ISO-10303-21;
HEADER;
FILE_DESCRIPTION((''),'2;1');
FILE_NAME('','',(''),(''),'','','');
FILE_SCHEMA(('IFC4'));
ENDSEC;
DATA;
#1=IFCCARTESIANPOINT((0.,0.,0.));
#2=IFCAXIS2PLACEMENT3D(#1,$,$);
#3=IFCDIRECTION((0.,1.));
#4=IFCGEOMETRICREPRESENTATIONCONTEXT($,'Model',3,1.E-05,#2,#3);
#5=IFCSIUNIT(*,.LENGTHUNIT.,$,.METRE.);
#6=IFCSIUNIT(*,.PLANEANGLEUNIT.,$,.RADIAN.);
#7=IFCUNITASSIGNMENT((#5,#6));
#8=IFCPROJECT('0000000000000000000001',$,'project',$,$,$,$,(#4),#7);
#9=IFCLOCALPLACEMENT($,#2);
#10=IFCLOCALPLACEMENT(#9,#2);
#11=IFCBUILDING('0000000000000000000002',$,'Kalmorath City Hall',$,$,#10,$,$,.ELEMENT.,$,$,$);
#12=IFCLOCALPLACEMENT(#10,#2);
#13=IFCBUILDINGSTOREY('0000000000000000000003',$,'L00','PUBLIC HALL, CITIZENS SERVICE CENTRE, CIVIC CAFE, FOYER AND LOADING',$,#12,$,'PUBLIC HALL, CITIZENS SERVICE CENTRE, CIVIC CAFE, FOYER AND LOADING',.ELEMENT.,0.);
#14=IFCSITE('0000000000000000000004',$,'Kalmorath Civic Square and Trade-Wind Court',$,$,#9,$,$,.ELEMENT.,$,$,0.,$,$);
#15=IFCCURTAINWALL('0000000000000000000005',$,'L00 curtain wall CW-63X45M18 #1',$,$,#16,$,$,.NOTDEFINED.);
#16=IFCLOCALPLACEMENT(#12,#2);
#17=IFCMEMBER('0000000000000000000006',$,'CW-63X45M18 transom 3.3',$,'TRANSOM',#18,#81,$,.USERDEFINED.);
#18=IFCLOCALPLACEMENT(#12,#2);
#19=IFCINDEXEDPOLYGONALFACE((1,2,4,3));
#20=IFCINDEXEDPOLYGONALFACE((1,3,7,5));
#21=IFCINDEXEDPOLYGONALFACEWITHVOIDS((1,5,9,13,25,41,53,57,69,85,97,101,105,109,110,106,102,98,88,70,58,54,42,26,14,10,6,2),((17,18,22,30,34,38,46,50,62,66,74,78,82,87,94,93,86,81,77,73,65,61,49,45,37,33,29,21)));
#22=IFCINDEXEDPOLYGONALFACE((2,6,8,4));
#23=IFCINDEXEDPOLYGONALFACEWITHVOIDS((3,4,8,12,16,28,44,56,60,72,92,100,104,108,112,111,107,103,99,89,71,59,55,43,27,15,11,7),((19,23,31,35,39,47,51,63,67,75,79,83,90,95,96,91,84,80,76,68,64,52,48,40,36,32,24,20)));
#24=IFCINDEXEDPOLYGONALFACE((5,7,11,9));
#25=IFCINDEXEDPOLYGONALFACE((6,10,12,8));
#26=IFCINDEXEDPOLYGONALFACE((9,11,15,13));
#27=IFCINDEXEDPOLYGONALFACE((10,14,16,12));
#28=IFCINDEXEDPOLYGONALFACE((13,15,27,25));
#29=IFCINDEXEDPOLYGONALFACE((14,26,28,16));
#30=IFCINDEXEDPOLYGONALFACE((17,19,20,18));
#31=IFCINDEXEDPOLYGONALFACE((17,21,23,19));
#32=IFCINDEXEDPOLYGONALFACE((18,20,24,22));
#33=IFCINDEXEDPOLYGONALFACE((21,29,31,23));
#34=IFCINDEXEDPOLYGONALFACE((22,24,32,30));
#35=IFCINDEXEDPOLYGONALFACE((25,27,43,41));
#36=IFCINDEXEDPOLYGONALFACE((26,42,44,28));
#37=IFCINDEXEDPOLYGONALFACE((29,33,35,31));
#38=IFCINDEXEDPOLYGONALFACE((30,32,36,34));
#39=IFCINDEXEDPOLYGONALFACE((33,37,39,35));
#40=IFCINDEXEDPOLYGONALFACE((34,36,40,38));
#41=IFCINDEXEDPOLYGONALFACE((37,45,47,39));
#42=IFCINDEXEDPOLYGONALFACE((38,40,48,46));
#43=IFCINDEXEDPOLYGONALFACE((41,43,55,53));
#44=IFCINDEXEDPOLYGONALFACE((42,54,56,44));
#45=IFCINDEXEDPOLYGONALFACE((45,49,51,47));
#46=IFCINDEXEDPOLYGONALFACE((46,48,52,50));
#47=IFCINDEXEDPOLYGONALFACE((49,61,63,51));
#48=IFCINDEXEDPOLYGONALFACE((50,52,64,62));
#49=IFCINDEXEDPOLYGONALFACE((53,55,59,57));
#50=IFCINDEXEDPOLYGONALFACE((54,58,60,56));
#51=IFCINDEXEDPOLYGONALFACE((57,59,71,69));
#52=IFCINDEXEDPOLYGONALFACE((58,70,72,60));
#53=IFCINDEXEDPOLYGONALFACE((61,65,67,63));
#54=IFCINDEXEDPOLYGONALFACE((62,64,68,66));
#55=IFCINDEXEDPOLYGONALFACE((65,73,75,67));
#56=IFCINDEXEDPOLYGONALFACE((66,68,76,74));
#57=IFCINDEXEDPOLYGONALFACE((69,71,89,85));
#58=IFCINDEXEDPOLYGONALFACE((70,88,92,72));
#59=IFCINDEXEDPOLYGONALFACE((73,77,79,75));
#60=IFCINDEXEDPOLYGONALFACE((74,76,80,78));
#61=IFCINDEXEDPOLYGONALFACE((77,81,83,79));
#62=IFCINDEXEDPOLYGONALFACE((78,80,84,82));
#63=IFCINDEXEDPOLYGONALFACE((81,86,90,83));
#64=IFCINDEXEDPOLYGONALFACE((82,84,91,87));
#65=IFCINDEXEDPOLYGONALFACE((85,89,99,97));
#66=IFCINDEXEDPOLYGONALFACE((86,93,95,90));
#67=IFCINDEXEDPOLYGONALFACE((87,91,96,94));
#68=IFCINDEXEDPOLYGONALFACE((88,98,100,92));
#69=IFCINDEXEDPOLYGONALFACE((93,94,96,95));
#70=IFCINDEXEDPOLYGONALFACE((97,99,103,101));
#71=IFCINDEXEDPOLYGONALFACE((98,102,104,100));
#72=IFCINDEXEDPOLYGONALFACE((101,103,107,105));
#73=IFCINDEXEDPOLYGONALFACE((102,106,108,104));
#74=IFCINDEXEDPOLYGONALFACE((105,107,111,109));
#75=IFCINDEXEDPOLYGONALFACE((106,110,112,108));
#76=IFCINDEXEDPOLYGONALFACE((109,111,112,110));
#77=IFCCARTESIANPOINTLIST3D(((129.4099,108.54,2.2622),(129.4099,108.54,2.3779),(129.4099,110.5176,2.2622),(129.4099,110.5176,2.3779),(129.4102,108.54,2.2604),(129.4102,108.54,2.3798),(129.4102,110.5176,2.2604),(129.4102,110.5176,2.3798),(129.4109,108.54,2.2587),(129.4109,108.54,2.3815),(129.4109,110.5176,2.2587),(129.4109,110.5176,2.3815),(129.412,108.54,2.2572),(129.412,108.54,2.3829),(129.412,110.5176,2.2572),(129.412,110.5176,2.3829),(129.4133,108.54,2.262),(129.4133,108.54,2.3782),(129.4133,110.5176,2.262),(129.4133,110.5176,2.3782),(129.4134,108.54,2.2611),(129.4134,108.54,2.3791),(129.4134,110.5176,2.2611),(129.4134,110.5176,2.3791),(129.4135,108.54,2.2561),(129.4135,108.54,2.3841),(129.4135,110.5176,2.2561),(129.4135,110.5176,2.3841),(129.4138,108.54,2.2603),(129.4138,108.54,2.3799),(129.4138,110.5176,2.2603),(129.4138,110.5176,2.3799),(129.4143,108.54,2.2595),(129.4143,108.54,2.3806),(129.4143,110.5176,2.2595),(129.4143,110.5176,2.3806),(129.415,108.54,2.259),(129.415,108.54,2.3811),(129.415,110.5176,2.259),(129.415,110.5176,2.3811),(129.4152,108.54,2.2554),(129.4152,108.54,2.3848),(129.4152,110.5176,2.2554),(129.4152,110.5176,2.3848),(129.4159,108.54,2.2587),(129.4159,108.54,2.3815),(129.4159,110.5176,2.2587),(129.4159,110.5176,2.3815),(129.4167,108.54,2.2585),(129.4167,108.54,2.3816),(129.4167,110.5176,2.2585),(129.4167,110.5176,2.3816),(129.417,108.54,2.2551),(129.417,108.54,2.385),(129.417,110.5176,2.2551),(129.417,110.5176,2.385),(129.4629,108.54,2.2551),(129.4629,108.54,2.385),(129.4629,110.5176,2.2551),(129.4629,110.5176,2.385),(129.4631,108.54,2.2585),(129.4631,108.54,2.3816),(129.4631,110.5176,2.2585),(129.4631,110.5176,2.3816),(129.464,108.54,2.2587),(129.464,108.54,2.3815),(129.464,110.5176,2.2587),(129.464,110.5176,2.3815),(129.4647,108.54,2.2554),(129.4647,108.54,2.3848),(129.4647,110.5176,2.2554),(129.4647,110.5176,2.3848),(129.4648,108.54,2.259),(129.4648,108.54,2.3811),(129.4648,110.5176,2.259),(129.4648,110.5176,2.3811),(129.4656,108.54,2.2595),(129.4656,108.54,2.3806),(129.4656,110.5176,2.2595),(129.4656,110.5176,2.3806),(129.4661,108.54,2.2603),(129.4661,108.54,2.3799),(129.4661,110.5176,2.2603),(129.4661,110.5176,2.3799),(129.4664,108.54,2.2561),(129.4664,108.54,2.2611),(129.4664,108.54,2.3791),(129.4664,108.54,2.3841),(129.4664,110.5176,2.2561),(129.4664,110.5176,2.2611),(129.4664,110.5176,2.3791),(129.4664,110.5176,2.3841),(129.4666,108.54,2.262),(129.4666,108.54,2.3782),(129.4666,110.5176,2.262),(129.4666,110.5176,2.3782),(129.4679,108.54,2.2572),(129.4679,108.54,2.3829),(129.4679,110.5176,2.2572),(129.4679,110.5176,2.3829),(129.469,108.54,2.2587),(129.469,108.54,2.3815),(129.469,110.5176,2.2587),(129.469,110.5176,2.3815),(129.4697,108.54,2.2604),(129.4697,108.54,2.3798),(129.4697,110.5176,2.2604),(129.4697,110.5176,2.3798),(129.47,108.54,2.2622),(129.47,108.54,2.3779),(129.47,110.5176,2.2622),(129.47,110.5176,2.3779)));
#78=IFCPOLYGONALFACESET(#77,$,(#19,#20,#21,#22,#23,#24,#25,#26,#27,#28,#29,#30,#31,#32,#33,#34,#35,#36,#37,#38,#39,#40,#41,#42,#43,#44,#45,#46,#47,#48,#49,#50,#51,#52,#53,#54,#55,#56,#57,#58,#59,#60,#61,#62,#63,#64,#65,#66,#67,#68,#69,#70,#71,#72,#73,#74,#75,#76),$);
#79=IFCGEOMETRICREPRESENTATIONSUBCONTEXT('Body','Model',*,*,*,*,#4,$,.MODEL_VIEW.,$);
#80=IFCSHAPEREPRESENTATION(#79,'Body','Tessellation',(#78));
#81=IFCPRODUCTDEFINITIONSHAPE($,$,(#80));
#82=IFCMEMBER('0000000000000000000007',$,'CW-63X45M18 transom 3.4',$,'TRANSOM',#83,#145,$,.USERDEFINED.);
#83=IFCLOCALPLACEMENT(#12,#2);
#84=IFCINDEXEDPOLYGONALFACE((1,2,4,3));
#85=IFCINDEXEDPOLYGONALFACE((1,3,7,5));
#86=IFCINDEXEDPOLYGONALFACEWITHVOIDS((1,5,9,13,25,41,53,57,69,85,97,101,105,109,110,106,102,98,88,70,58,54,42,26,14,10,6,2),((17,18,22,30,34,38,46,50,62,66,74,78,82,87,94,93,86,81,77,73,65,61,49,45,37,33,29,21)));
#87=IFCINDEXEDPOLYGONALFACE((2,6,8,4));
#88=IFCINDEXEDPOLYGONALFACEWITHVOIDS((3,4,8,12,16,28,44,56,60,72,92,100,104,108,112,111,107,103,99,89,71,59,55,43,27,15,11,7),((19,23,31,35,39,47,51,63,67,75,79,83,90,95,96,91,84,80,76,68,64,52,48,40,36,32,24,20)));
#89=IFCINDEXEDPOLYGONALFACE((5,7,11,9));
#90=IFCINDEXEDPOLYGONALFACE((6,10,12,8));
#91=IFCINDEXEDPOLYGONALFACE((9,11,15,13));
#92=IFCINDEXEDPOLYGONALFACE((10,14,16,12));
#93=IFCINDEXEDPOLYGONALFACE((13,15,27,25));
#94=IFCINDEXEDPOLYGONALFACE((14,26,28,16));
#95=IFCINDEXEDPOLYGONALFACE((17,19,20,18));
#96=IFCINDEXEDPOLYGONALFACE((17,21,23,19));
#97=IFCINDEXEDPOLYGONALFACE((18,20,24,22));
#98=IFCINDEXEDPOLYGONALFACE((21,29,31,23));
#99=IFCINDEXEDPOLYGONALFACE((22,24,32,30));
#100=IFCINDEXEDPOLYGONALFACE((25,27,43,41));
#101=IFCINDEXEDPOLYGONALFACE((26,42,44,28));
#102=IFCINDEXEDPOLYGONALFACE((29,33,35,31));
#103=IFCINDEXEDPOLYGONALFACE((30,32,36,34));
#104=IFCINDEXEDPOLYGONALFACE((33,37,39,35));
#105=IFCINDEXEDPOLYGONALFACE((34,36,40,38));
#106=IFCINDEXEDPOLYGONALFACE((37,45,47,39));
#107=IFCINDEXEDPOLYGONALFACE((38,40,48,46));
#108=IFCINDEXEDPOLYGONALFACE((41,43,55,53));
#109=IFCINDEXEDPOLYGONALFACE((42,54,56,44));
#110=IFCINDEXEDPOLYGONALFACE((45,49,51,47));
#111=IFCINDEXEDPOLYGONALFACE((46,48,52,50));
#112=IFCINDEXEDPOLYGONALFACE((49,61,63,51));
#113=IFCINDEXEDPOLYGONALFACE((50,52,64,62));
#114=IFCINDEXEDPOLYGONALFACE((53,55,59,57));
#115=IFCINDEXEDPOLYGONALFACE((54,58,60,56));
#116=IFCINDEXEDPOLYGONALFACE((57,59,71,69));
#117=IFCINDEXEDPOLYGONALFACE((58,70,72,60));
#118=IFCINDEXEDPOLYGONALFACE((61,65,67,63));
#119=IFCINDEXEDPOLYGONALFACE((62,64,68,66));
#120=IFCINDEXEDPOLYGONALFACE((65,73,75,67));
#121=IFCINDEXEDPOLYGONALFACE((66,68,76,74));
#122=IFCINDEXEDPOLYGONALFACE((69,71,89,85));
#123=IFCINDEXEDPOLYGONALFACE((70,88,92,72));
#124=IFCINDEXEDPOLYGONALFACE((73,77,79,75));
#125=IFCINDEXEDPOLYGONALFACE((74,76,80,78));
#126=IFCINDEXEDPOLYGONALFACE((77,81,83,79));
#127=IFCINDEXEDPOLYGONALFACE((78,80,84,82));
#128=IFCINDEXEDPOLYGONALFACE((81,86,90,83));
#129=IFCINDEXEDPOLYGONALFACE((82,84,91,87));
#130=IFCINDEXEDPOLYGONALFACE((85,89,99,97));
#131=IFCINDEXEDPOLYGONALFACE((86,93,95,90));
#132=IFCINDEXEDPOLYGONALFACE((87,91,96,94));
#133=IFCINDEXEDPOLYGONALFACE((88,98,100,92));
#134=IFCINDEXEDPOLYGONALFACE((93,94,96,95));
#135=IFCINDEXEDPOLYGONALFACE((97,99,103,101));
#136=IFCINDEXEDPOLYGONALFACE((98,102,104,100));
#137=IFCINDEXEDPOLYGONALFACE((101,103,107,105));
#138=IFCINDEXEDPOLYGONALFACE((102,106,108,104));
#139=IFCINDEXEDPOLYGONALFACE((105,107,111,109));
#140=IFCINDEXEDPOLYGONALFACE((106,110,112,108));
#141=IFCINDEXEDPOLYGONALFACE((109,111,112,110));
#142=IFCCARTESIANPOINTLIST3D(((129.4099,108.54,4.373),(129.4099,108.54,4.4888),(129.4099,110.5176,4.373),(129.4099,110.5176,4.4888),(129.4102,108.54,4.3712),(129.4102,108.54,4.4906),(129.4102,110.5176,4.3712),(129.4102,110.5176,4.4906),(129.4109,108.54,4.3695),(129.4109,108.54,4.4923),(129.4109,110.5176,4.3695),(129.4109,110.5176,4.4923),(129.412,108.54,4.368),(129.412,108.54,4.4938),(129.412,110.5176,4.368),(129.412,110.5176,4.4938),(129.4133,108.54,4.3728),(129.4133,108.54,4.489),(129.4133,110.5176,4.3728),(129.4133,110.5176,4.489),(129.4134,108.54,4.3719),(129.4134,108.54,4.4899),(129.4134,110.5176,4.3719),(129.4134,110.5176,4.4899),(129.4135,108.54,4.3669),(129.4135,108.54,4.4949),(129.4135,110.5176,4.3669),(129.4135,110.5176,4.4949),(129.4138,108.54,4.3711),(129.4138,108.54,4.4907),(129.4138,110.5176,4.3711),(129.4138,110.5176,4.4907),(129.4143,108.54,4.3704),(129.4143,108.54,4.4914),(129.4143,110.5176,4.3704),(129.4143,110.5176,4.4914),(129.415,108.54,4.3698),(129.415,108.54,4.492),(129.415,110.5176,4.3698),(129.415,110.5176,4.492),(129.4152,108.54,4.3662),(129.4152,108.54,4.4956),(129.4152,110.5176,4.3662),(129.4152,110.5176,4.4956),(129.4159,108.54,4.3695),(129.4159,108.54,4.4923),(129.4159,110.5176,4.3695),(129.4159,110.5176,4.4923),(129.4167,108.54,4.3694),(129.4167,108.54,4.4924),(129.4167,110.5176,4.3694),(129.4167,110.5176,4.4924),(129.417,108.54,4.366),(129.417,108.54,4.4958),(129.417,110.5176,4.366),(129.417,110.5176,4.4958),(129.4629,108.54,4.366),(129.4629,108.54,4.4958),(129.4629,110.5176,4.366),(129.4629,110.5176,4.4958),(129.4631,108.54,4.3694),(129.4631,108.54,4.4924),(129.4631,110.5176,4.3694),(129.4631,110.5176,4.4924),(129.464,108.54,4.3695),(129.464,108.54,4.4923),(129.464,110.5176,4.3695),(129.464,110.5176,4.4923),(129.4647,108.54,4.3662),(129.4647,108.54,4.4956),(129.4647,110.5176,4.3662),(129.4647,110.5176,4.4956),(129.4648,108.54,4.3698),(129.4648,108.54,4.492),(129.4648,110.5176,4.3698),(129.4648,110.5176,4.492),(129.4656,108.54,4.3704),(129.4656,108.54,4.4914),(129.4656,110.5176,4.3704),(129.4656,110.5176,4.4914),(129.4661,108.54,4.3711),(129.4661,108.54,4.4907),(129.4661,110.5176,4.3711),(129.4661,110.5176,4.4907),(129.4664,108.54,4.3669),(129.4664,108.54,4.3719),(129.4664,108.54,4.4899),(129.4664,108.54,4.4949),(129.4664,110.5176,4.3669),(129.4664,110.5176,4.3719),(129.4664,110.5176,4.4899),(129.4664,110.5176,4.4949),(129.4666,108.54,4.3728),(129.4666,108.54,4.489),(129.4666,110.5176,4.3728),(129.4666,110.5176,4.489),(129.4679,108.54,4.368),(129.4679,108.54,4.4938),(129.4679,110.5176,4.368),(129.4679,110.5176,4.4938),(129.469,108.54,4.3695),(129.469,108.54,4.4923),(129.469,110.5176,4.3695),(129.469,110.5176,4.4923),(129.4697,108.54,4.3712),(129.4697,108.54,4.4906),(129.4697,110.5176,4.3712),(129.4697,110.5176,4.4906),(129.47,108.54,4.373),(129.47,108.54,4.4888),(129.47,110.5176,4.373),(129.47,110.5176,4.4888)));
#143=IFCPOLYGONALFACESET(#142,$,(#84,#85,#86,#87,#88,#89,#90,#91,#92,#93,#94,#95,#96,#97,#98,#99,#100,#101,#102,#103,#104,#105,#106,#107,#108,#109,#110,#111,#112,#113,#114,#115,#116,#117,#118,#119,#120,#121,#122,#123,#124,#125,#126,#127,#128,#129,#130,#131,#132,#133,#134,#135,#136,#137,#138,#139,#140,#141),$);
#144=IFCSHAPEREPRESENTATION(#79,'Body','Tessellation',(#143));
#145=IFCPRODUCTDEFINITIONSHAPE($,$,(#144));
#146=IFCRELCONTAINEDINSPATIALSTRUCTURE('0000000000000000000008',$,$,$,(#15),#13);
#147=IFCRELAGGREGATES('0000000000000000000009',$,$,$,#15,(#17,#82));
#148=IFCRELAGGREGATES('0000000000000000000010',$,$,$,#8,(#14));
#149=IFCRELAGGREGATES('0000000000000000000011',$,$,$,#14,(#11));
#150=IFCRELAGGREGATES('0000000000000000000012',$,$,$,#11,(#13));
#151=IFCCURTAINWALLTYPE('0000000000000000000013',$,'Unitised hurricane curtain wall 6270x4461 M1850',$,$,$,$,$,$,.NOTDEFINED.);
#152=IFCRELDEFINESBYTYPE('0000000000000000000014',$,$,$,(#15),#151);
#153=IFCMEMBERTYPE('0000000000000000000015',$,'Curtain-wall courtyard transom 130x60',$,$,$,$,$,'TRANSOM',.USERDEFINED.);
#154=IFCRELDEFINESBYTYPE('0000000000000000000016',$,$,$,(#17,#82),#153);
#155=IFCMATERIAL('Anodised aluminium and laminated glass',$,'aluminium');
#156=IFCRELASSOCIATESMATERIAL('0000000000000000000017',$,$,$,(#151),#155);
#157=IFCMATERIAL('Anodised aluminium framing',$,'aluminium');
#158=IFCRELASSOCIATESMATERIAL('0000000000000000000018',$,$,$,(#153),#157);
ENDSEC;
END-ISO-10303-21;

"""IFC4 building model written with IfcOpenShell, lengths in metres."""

from ifc_helpers import new_model, si_unit, direction, frame, origin, origin_2d, place, context, subcontext, project, spatial, hollow_rectangle, extrude, material, material_profile, profile_set, type_object, element, aggregate, save


model = new_model("IFC4")

# Units and contexts
model_context = context("Model", 3, precision=1e-05, world=origin(), true_north=direction((0.0, 1.0)))
body_context = subcontext(model_context, "Body", "Model", "MODEL_VIEW")
ifc_project = project(units=[si_unit("LENGTHUNIT", "METRE"), si_unit("PLANEANGLEUNIT", "RADIAN")], contexts=[model_context])

# Site, building, storey
site_placement = place(None, origin())
site = spatial("IfcSite", under=ifc_project, at=site_placement, Name="Kalmorath Civic Square and Trade-Wind Court", CompositionType="ELEMENT", RefElevation=0.0)
building_placement = place(site_placement, origin())
building = spatial("IfcBuilding", under=site, at=building_placement, Name="Kalmorath City Hall", CompositionType="ELEMENT")
storey_placement = place(building_placement, origin())
storey = spatial("IfcBuildingStorey", under=building, at=storey_placement, Name="L00", Description="PUBLIC HALL, CITIZENS SERVICE CENTRE, CIVIC CAFE, FOYER AND LOADING", LongName="PUBLIC HALL, CITIZENS SERVICE CENTRE, CIVIC CAFE, FOYER AND LOADING", CompositionType="ELEMENT", Elevation=0.0)

# Curtain wall, members
ifc_material_1 = material(Name="Anodised aluminium and laminated glass", Category="aluminium")
curtain_wall_type = type_object("IfcCurtainWallType", Name="Unitised hurricane curtain wall 6270x4461 M1850", PredefinedType="NOTDEFINED", material=ifc_material_1)
curtain_wall_placement = place(storey_placement, origin())
curtain_wall = element("IfcCurtainWall", 1, at=curtain_wall_placement, inside=storey, type_object=curtain_wall_type, Name="L00 curtain wall CW-63X45M18 #1", PredefinedType="NOTDEFINED")
ifc_material_2 = material(Name="Anodised aluminium framing", Category="aluminium")
ifc_material_profile_1 = material_profile(ifc_material_2, hollow_rectangle(XDim=0.0601, YDim=0.1299, WallThickness=0.0034, InnerFilletRadius=0.0034, OuterFilletRadius=0.0071, at=origin_2d()), Name="ALU-TRN-130X60X3.5")
ifc_profile_set_1 = profile_set([ifc_material_profile_1], Name="Anodised aluminium framing")
member_type_1 = type_object("IfcMemberType", Name="Curtain-wall courtyard transom 130x60", ElementType="TRANSOM", PredefinedType="USERDEFINED", material=ifc_profile_set_1)
member_1_placement = place(storey_placement, frame((129.4399, 110.5176, 2.3201), z_axis=(0.0, -1.0, 0.0), x_axis=(1.0, 0.0, 0.0)))
member_1 = element("IfcMember", 2, at=member_1_placement, type_object=member_type_1, Name="CW-63X45M18 transom 3.3", ObjectType="TRANSOM", PredefinedType="USERDEFINED", context=body_context, shape_type="SweptSolid", body=[
    extrude(hollow_rectangle(XDim=0.0601, YDim=0.1299, WallThickness=0.0034, InnerFilletRadius=0.0034, OuterFilletRadius=0.0071, at=origin_2d()), origin(), (0.0, 0.0, 1.0), 1.9775),
])
member_2_placement = place(storey_placement, frame((129.4399, 110.5176, 4.4309), z_axis=(0.0, -1.0, 0.0), x_axis=(1.0, 0.0, 0.0)))
member_2 = element("IfcMember", 3, at=member_2_placement, type_object=member_type_1, Name="CW-63X45M18 transom 3.4", ObjectType="TRANSOM", PredefinedType="USERDEFINED", context=body_context, shape_type="SweptSolid", body=[
    extrude(hollow_rectangle(XDim=0.0601, YDim=0.1299, WallThickness=0.0034, InnerFilletRadius=0.0034, OuterFilletRadius=0.0071, at=origin_2d()), origin(), (0.0, 0.0, 1.0), 1.9775),
])
aggregate(curtain_wall, [member_1, member_2])

save(model, "model.ifc")
